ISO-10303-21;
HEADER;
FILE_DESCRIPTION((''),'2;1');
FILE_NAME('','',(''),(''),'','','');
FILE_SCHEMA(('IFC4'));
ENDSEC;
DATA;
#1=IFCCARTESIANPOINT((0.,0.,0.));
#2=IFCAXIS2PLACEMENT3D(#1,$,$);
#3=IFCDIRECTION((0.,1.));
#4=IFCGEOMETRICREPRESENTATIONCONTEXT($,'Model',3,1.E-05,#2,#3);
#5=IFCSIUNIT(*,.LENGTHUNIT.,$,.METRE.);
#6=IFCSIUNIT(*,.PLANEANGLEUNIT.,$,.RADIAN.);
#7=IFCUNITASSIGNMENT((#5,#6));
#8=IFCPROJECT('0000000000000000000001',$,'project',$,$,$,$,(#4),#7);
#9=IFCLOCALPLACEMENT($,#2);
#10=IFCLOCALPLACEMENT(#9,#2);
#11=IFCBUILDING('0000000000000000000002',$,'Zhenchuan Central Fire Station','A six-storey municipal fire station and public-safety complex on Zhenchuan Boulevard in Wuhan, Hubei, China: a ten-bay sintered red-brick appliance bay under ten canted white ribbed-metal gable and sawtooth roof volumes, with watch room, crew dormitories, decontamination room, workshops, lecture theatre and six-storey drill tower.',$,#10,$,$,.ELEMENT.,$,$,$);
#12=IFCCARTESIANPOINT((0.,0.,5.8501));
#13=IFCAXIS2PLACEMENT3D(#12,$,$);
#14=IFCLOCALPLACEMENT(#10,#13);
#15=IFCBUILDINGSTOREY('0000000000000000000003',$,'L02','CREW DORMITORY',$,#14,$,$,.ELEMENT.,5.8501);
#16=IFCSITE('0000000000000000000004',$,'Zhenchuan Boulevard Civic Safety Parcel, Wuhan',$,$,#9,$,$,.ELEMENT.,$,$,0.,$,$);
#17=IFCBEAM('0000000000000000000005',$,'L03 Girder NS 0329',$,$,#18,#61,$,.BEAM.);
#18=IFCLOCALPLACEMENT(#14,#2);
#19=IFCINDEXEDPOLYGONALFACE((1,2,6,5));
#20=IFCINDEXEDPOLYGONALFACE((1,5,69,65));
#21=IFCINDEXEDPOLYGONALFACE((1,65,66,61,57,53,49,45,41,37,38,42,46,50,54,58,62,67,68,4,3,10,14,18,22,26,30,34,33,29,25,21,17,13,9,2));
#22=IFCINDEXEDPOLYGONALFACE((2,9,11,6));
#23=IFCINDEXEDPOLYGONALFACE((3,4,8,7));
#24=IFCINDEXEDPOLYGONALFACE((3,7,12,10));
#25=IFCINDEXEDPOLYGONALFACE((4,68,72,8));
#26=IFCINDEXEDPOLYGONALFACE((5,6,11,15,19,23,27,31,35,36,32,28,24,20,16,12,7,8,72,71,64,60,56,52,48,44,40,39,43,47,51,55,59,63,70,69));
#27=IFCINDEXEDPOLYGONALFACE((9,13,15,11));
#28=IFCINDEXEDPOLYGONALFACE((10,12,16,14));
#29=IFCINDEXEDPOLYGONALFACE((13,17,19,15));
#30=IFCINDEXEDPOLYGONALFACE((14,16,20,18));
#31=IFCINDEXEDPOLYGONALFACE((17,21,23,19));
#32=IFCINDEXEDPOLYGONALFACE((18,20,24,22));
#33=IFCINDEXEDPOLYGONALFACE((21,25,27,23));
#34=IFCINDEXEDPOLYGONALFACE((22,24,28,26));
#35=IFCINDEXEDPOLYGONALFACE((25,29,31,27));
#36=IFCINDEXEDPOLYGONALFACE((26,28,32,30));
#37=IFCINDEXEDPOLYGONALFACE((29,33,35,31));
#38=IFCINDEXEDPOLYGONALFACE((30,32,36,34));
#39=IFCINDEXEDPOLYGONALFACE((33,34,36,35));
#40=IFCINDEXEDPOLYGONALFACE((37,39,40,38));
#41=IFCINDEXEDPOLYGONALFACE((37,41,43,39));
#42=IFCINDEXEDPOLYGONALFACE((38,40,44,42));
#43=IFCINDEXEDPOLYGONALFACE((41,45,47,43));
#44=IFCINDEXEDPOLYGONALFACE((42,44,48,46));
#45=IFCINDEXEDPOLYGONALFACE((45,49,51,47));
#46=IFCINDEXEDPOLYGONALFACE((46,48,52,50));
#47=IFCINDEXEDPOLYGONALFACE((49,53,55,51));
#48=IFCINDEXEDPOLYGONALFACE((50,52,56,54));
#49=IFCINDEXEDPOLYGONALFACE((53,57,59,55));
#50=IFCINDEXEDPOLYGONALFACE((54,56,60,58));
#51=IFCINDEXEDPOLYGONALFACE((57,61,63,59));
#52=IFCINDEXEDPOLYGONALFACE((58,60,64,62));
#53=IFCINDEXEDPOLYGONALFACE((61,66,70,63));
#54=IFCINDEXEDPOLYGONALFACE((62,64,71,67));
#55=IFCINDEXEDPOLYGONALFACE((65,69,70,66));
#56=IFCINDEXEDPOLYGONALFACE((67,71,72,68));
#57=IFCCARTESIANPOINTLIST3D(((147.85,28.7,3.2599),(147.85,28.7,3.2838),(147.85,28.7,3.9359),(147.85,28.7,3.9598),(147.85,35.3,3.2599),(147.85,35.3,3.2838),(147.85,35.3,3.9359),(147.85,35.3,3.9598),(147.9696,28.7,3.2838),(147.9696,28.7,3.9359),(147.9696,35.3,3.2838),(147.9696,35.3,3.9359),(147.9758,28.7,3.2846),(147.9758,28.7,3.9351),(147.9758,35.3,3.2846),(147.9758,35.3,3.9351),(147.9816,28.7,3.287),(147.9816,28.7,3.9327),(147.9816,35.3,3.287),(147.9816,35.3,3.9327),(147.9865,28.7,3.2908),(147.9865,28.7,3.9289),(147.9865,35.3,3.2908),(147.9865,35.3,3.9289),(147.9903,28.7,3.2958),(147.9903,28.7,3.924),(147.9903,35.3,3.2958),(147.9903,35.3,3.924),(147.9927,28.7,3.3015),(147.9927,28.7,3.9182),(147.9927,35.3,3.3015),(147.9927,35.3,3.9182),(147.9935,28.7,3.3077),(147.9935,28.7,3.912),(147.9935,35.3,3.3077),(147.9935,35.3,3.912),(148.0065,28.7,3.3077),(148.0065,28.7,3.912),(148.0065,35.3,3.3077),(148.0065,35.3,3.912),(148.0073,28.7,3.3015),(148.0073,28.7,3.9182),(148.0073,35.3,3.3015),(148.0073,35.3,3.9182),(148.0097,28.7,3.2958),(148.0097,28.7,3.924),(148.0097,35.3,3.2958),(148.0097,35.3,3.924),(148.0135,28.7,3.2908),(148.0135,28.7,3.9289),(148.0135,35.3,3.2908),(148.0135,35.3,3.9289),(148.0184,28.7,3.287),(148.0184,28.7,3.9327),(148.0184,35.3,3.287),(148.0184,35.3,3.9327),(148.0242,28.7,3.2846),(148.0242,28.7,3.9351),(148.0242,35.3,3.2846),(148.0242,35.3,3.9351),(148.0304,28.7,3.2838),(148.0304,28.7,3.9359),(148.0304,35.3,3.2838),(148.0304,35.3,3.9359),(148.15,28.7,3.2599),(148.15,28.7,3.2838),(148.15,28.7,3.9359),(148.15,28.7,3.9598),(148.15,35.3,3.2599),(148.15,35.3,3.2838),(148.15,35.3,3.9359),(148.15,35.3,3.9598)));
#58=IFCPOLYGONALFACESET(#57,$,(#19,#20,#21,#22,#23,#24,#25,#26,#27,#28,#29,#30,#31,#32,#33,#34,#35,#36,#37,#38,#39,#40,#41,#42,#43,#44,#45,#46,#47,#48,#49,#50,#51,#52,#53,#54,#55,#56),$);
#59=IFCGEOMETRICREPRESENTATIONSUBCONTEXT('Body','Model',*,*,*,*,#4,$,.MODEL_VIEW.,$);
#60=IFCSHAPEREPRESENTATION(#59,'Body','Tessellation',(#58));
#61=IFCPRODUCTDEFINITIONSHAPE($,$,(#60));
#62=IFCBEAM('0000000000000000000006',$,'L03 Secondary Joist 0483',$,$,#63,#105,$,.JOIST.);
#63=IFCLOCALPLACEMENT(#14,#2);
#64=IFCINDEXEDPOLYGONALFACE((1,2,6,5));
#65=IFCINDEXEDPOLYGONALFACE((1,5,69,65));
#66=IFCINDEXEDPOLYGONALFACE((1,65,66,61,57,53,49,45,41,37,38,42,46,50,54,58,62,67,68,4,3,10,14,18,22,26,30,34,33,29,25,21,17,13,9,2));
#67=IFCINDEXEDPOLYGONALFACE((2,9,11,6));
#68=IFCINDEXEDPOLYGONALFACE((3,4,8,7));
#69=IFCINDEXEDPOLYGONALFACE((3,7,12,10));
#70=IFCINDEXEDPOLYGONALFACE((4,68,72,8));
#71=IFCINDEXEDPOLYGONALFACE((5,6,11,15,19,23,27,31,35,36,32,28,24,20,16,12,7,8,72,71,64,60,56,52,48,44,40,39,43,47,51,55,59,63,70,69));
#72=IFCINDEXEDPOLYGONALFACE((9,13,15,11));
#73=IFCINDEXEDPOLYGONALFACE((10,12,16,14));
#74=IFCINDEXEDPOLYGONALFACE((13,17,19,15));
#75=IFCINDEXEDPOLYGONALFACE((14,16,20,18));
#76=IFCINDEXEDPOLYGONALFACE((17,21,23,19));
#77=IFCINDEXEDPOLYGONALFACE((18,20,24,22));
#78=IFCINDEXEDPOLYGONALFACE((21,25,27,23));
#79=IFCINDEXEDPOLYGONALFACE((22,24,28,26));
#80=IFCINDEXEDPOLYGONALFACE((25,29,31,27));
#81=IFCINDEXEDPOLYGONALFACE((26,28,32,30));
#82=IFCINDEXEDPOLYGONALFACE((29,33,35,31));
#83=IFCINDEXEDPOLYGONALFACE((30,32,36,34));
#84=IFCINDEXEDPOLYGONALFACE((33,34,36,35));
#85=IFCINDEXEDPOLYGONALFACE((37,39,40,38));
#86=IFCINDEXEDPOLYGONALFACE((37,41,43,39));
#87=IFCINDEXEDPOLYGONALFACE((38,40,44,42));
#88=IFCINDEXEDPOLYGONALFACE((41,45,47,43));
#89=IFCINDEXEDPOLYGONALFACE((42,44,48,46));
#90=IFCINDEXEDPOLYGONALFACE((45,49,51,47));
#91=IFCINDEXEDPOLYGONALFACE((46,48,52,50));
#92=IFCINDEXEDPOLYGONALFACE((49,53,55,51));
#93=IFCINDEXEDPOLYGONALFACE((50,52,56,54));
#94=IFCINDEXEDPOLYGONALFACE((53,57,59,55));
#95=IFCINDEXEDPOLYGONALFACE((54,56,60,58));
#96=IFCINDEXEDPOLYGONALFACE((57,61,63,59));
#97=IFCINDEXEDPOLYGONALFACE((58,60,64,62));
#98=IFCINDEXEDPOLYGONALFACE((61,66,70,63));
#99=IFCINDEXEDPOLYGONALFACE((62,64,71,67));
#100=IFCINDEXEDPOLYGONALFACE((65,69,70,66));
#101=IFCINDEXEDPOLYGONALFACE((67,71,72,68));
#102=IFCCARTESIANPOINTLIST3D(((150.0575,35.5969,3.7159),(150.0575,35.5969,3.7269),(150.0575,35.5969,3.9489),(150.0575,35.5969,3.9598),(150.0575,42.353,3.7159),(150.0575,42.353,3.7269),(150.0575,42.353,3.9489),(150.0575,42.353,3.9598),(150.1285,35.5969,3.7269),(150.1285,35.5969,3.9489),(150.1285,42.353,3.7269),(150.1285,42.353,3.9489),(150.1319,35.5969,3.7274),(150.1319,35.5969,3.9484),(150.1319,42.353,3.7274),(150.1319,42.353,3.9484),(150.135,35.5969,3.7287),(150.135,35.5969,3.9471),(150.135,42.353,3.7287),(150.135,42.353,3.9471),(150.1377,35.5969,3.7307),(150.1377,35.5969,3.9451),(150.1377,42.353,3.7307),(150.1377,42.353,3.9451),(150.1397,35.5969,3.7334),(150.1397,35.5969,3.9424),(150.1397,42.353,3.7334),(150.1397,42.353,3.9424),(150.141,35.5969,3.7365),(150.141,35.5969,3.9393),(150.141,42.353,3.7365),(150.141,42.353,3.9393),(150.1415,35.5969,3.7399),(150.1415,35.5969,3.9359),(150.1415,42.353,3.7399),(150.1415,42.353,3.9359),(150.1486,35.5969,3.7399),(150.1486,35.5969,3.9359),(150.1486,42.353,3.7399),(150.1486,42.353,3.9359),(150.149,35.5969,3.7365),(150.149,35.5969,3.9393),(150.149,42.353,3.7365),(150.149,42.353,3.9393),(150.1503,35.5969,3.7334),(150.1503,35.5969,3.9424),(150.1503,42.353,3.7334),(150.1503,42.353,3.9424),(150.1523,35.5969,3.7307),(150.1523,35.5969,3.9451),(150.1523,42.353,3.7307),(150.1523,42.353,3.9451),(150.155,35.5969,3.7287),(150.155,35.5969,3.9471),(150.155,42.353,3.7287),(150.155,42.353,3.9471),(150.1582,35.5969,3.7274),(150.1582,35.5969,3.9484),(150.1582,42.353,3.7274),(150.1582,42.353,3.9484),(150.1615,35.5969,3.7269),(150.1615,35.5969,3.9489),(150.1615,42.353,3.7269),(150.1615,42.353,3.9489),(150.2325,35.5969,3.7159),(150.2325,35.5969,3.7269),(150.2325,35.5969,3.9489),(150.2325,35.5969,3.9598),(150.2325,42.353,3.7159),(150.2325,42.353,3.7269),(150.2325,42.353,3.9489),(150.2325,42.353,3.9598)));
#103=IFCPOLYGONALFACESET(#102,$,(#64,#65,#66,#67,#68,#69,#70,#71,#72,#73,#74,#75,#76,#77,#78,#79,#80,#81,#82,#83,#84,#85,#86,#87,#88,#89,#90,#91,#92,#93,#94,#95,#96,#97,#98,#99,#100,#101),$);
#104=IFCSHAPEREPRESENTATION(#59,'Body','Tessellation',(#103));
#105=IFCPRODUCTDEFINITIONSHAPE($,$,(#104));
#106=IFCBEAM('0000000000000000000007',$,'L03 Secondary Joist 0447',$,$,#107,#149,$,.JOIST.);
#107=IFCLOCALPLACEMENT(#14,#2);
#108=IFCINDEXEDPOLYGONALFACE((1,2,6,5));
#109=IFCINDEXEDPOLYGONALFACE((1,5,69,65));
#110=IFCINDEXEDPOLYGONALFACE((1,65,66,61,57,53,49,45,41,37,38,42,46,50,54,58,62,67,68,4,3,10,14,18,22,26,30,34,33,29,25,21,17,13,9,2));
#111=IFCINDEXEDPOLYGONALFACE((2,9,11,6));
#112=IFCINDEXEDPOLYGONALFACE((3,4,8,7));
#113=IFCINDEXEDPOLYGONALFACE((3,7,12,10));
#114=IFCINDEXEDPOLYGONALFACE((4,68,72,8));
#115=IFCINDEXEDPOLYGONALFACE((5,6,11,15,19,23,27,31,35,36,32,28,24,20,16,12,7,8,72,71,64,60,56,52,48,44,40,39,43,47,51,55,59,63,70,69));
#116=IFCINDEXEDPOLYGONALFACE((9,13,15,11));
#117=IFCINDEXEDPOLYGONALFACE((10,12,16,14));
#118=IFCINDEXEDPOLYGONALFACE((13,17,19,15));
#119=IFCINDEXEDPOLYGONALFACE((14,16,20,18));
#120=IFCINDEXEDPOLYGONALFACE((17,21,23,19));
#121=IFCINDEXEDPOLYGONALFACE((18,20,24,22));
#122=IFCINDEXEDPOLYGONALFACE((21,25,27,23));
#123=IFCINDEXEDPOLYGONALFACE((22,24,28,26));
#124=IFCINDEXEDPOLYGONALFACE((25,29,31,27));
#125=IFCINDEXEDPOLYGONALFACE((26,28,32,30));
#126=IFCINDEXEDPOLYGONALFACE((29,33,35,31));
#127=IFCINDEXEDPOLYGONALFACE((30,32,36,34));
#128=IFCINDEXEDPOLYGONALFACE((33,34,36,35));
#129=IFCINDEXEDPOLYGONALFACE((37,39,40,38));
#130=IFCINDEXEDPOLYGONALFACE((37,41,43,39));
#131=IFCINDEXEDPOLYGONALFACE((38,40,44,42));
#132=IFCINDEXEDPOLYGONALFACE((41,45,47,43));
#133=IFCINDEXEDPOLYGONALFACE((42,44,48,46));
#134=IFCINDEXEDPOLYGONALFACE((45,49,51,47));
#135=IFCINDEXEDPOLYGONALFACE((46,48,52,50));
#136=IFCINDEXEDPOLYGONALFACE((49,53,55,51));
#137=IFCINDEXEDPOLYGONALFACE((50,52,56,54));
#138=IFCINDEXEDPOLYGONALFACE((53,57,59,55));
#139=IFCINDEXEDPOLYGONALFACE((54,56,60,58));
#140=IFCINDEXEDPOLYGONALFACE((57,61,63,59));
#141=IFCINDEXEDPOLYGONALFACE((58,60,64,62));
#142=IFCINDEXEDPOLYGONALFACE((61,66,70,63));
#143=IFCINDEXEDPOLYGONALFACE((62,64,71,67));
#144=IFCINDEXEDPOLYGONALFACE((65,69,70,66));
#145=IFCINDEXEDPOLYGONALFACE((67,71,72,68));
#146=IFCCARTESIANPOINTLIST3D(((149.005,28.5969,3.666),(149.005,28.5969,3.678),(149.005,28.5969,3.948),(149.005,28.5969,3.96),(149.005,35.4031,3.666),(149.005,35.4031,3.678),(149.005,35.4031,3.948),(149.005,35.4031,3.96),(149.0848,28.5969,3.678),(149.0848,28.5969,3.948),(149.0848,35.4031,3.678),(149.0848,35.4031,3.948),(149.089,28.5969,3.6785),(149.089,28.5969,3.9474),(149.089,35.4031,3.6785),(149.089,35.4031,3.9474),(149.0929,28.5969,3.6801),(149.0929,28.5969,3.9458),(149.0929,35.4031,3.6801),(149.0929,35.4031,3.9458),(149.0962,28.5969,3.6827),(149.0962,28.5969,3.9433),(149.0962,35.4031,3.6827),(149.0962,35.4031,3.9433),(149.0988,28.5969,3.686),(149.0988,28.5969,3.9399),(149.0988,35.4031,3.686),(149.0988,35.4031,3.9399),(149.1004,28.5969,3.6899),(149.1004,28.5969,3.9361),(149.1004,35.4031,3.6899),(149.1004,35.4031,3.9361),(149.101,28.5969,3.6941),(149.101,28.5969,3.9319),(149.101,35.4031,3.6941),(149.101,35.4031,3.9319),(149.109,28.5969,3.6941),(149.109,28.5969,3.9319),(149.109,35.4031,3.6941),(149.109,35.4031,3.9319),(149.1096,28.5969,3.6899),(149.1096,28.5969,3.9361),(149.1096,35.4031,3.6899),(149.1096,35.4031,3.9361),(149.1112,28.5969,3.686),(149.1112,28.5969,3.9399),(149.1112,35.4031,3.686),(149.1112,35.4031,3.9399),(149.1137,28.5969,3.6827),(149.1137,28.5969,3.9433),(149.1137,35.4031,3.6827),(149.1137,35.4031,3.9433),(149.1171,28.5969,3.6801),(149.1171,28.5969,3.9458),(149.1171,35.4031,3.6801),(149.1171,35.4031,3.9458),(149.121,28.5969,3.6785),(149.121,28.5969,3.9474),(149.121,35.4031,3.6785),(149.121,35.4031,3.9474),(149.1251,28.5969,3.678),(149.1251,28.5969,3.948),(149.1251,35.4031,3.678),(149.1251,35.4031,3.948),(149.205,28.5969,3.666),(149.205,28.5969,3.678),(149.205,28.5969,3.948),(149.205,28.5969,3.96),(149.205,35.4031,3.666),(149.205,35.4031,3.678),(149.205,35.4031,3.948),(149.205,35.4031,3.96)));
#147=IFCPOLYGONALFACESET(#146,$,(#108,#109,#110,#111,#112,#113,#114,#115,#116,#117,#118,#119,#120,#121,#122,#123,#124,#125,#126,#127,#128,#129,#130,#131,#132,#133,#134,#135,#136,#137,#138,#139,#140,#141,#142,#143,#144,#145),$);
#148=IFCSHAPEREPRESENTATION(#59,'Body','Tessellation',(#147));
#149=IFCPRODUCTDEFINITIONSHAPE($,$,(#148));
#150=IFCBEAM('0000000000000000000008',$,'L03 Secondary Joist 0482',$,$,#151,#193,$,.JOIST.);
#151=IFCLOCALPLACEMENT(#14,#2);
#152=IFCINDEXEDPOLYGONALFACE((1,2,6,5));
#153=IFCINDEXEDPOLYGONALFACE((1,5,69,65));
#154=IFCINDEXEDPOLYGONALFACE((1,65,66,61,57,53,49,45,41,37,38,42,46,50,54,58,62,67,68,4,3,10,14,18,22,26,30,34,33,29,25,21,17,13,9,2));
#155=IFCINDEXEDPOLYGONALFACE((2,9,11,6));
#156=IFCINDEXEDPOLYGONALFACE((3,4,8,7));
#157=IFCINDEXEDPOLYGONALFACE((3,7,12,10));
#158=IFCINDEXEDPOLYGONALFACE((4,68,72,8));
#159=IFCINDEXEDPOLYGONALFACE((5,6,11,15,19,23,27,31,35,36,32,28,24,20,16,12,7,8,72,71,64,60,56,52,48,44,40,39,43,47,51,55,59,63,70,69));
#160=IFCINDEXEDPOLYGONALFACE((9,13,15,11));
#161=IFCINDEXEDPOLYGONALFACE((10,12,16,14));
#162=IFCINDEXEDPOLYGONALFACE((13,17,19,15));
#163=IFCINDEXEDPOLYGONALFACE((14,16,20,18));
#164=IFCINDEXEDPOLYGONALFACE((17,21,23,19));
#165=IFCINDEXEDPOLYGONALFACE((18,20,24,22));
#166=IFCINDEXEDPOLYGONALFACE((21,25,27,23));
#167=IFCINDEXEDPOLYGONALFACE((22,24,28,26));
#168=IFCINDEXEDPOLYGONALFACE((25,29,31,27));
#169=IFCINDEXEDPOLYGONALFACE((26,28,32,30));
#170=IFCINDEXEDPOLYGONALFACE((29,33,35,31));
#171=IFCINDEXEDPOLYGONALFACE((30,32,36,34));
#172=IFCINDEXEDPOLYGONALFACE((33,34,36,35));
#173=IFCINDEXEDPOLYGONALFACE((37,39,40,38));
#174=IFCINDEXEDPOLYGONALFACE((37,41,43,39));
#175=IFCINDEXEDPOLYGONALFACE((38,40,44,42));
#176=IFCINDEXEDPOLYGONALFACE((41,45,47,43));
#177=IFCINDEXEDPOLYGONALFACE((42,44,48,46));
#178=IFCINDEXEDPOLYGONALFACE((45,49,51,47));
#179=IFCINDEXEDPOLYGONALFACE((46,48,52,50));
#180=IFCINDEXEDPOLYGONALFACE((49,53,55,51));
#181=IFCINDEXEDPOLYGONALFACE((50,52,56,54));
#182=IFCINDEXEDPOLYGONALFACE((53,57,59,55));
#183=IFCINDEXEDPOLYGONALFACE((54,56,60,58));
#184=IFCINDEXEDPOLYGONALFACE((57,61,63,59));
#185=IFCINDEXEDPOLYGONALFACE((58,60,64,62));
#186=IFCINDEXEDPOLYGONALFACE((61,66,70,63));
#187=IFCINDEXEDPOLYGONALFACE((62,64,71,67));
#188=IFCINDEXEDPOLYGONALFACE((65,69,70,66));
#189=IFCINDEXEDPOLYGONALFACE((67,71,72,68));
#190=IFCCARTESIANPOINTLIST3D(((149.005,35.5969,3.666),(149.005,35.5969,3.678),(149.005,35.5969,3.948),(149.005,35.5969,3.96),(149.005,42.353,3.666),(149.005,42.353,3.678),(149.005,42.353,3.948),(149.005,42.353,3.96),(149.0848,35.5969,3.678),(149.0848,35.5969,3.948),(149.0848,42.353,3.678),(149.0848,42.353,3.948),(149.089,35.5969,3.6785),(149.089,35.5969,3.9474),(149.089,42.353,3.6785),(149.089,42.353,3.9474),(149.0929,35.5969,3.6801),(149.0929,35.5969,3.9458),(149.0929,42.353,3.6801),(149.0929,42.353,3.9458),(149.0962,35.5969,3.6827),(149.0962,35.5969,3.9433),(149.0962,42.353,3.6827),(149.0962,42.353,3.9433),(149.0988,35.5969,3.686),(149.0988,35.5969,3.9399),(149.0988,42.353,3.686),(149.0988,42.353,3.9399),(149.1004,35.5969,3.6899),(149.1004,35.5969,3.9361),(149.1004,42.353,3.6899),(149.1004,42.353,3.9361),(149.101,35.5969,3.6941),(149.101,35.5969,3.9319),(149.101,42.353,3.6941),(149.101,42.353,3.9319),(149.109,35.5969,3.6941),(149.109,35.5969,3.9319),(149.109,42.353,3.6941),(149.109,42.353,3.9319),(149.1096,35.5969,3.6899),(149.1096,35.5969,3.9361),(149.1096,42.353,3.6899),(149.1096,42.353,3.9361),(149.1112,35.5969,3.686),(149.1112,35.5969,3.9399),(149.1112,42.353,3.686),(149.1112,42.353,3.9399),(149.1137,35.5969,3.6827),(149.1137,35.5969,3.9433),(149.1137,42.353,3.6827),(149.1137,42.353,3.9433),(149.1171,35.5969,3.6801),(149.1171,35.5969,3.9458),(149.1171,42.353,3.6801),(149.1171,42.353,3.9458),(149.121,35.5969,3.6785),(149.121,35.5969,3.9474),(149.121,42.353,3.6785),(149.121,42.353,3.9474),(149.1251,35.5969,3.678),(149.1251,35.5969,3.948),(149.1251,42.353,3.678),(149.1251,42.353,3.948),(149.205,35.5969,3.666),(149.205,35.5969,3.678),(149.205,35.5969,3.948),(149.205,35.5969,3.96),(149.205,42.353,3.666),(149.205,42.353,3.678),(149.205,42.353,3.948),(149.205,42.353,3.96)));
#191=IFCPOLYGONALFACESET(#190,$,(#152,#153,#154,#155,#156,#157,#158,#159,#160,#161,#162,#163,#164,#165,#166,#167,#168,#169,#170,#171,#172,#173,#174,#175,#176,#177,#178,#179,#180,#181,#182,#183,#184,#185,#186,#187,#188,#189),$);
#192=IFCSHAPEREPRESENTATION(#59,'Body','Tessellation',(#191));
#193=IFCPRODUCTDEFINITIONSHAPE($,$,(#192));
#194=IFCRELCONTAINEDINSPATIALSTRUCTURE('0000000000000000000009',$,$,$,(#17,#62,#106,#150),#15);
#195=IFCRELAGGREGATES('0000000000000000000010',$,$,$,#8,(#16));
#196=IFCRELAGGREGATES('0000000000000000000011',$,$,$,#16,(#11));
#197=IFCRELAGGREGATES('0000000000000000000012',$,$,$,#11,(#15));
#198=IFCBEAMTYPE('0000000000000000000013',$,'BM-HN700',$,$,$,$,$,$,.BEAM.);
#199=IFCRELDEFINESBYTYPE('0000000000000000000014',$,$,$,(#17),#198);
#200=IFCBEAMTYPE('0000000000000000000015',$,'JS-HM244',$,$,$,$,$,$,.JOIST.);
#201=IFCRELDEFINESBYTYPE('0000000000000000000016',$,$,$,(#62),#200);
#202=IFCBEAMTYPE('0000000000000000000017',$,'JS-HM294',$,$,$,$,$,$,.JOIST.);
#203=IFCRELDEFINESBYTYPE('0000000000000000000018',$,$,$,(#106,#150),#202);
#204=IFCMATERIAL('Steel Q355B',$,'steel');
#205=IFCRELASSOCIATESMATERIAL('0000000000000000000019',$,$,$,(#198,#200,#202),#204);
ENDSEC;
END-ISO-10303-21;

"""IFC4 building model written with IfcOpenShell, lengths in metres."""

from ifc_helpers import new_model, si_unit, direction, frame, origin, origin_2d, place, context, subcontext, project, spatial, i_section, extrude, material, material_profile, profile_set, type_object, element, save


model = new_model("IFC4")

# Units and contexts
model_context = context("Model", 3, precision=1e-05, world=origin(), true_north=direction((0.0, 1.0)))
body_context = subcontext(model_context, "Body", "Model", "MODEL_VIEW")
ifc_project = project(units=[si_unit("LENGTHUNIT", "METRE"), si_unit("PLANEANGLEUNIT", "RADIAN")], contexts=[model_context])

# Site, building, storey
site_placement = place(None, origin())
site = spatial("IfcSite", under=ifc_project, at=site_placement, Name="Zhenchuan Boulevard Civic Safety Parcel, Wuhan", CompositionType="ELEMENT", RefElevation=0.0)
building_placement = place(site_placement, origin())
building = spatial("IfcBuilding", under=site, at=building_placement, Name="Zhenchuan Central Fire Station", Description="A six-storey municipal fire station and public-safety complex on Zhenchuan Boulevard in Wuhan, Hubei, China: a ten-bay sintered red-brick appliance bay under ten canted white ribbed-metal gable and sawtooth roof volumes, with watch room, crew dormitories, decontamination room, workshops, lecture theatre and six-storey drill tower.", CompositionType="ELEMENT")
storey_placement = place(building_placement, frame((0.0, 0.0, 5.8501)))
storey = spatial("IfcBuildingStorey", under=building, at=storey_placement, Name="L02", Description="CREW DORMITORY", CompositionType="ELEMENT", Elevation=5.8501)

# Shared definitions
ifc_material_1 = material(Name="Steel Q355B", Category="steel")

# Beams
ifc_material_profile_1 = material_profile(ifc_material_1, i_section(OverallWidth=0.3, OverallDepth=0.7, WebThickness=0.0129, FlangeThickness=0.0239, FilletRadius=0.0239, at=origin_2d()), Name="HN 700x300")
ifc_profile_set_1 = profile_set([ifc_material_profile_1], Name="Steel Q355B")
beam_type_1 = type_object("IfcBeamType", Name="BM-HN700", PredefinedType="BEAM", material=ifc_profile_set_1)
beam_1_placement = place(storey_placement, frame((148.0, 28.7, 3.6099), z_axis=(0.0, 1.0, 0.0), x_axis=(-1.0, 0.0, 0.0)))
element("IfcBeam", 1, at=beam_1_placement, inside=storey, type_object=beam_type_1, Name="L03 Girder NS 0329", PredefinedType="BEAM", context=body_context, shape_type="SweptSolid", body=[
    extrude(i_section(OverallWidth=0.3, OverallDepth=0.7, WebThickness=0.0129, FlangeThickness=0.0239, FilletRadius=0.0239, at=origin_2d()), origin(), (0.0, 0.0, 1.0), 6.6001),
])
ifc_material_profile_2 = material_profile(ifc_material_1, i_section(OverallWidth=0.175, OverallDepth=0.2439, WebThickness=0.0071, FlangeThickness=0.011, FilletRadius=0.0129, at=origin_2d()), Name="HM 244x175")
ifc_profile_set_2 = profile_set([ifc_material_profile_2], Name="Steel Q355B")
beam_type_2 = type_object("IfcBeamType", Name="JS-HM244", PredefinedType="JOIST", material=ifc_profile_set_2)
beam_2_placement = place(storey_placement, frame((150.145, 35.5969, 3.8379), z_axis=(0.0, 1.0, 0.0), x_axis=(-1.0, 0.0, 0.0)))
element("IfcBeam", 2, at=beam_2_placement, inside=storey, type_object=beam_type_2, Name="L03 Secondary Joist 0483", PredefinedType="JOIST", context=body_context, shape_type="SweptSolid", body=[
    extrude(i_section(OverallWidth=0.175, OverallDepth=0.2439, WebThickness=0.0071, FlangeThickness=0.011, FilletRadius=0.0129, at=origin_2d()), origin(), (0.0, 0.0, 1.0), 6.7561),
])
ifc_material_profile_3 = material_profile(ifc_material_1, i_section(OverallWidth=0.2, OverallDepth=0.2939, WebThickness=0.0081, FlangeThickness=0.012, FilletRadius=0.0161, at=origin_2d()), Name="HM 294x200")
ifc_profile_set_3 = profile_set([ifc_material_profile_3], Name="Steel Q355B")
beam_type_3 = type_object("IfcBeamType", Name="JS-HM294", PredefinedType="JOIST", material=ifc_profile_set_3)
beam_3_placement = place(storey_placement, frame((149.105, 28.5969, 3.813), z_axis=(0.0, 1.0, 0.0), x_axis=(-1.0, 0.0, 0.0)))
element("IfcBeam", 3, at=beam_3_placement, inside=storey, type_object=beam_type_3, Name="L03 Secondary Joist 0447", PredefinedType="JOIST", context=body_context, shape_type="SweptSolid", body=[
    extrude(i_section(OverallWidth=0.2, OverallDepth=0.2939, WebThickness=0.0081, FlangeThickness=0.012, FilletRadius=0.0161, at=origin_2d()), origin(), (0.0, 0.0, 1.0), 6.8062),
])
beam_4_placement = place(storey_placement, frame((149.105, 35.5969, 3.813), z_axis=(0.0, 1.0, 0.0), x_axis=(-1.0, 0.0, 0.0)))
element("IfcBeam", 4, at=beam_4_placement, inside=storey, type_object=beam_type_3, Name="L03 Secondary Joist 0482", PredefinedType="JOIST", context=body_context, shape_type="SweptSolid", body=[
    extrude(i_section(OverallWidth=0.2, OverallDepth=0.2939, WebThickness=0.0081, FlangeThickness=0.012, FilletRadius=0.0161, at=origin_2d()), origin(), (0.0, 0.0, 1.0), 6.7561),
])

save(model, "model.ifc")
